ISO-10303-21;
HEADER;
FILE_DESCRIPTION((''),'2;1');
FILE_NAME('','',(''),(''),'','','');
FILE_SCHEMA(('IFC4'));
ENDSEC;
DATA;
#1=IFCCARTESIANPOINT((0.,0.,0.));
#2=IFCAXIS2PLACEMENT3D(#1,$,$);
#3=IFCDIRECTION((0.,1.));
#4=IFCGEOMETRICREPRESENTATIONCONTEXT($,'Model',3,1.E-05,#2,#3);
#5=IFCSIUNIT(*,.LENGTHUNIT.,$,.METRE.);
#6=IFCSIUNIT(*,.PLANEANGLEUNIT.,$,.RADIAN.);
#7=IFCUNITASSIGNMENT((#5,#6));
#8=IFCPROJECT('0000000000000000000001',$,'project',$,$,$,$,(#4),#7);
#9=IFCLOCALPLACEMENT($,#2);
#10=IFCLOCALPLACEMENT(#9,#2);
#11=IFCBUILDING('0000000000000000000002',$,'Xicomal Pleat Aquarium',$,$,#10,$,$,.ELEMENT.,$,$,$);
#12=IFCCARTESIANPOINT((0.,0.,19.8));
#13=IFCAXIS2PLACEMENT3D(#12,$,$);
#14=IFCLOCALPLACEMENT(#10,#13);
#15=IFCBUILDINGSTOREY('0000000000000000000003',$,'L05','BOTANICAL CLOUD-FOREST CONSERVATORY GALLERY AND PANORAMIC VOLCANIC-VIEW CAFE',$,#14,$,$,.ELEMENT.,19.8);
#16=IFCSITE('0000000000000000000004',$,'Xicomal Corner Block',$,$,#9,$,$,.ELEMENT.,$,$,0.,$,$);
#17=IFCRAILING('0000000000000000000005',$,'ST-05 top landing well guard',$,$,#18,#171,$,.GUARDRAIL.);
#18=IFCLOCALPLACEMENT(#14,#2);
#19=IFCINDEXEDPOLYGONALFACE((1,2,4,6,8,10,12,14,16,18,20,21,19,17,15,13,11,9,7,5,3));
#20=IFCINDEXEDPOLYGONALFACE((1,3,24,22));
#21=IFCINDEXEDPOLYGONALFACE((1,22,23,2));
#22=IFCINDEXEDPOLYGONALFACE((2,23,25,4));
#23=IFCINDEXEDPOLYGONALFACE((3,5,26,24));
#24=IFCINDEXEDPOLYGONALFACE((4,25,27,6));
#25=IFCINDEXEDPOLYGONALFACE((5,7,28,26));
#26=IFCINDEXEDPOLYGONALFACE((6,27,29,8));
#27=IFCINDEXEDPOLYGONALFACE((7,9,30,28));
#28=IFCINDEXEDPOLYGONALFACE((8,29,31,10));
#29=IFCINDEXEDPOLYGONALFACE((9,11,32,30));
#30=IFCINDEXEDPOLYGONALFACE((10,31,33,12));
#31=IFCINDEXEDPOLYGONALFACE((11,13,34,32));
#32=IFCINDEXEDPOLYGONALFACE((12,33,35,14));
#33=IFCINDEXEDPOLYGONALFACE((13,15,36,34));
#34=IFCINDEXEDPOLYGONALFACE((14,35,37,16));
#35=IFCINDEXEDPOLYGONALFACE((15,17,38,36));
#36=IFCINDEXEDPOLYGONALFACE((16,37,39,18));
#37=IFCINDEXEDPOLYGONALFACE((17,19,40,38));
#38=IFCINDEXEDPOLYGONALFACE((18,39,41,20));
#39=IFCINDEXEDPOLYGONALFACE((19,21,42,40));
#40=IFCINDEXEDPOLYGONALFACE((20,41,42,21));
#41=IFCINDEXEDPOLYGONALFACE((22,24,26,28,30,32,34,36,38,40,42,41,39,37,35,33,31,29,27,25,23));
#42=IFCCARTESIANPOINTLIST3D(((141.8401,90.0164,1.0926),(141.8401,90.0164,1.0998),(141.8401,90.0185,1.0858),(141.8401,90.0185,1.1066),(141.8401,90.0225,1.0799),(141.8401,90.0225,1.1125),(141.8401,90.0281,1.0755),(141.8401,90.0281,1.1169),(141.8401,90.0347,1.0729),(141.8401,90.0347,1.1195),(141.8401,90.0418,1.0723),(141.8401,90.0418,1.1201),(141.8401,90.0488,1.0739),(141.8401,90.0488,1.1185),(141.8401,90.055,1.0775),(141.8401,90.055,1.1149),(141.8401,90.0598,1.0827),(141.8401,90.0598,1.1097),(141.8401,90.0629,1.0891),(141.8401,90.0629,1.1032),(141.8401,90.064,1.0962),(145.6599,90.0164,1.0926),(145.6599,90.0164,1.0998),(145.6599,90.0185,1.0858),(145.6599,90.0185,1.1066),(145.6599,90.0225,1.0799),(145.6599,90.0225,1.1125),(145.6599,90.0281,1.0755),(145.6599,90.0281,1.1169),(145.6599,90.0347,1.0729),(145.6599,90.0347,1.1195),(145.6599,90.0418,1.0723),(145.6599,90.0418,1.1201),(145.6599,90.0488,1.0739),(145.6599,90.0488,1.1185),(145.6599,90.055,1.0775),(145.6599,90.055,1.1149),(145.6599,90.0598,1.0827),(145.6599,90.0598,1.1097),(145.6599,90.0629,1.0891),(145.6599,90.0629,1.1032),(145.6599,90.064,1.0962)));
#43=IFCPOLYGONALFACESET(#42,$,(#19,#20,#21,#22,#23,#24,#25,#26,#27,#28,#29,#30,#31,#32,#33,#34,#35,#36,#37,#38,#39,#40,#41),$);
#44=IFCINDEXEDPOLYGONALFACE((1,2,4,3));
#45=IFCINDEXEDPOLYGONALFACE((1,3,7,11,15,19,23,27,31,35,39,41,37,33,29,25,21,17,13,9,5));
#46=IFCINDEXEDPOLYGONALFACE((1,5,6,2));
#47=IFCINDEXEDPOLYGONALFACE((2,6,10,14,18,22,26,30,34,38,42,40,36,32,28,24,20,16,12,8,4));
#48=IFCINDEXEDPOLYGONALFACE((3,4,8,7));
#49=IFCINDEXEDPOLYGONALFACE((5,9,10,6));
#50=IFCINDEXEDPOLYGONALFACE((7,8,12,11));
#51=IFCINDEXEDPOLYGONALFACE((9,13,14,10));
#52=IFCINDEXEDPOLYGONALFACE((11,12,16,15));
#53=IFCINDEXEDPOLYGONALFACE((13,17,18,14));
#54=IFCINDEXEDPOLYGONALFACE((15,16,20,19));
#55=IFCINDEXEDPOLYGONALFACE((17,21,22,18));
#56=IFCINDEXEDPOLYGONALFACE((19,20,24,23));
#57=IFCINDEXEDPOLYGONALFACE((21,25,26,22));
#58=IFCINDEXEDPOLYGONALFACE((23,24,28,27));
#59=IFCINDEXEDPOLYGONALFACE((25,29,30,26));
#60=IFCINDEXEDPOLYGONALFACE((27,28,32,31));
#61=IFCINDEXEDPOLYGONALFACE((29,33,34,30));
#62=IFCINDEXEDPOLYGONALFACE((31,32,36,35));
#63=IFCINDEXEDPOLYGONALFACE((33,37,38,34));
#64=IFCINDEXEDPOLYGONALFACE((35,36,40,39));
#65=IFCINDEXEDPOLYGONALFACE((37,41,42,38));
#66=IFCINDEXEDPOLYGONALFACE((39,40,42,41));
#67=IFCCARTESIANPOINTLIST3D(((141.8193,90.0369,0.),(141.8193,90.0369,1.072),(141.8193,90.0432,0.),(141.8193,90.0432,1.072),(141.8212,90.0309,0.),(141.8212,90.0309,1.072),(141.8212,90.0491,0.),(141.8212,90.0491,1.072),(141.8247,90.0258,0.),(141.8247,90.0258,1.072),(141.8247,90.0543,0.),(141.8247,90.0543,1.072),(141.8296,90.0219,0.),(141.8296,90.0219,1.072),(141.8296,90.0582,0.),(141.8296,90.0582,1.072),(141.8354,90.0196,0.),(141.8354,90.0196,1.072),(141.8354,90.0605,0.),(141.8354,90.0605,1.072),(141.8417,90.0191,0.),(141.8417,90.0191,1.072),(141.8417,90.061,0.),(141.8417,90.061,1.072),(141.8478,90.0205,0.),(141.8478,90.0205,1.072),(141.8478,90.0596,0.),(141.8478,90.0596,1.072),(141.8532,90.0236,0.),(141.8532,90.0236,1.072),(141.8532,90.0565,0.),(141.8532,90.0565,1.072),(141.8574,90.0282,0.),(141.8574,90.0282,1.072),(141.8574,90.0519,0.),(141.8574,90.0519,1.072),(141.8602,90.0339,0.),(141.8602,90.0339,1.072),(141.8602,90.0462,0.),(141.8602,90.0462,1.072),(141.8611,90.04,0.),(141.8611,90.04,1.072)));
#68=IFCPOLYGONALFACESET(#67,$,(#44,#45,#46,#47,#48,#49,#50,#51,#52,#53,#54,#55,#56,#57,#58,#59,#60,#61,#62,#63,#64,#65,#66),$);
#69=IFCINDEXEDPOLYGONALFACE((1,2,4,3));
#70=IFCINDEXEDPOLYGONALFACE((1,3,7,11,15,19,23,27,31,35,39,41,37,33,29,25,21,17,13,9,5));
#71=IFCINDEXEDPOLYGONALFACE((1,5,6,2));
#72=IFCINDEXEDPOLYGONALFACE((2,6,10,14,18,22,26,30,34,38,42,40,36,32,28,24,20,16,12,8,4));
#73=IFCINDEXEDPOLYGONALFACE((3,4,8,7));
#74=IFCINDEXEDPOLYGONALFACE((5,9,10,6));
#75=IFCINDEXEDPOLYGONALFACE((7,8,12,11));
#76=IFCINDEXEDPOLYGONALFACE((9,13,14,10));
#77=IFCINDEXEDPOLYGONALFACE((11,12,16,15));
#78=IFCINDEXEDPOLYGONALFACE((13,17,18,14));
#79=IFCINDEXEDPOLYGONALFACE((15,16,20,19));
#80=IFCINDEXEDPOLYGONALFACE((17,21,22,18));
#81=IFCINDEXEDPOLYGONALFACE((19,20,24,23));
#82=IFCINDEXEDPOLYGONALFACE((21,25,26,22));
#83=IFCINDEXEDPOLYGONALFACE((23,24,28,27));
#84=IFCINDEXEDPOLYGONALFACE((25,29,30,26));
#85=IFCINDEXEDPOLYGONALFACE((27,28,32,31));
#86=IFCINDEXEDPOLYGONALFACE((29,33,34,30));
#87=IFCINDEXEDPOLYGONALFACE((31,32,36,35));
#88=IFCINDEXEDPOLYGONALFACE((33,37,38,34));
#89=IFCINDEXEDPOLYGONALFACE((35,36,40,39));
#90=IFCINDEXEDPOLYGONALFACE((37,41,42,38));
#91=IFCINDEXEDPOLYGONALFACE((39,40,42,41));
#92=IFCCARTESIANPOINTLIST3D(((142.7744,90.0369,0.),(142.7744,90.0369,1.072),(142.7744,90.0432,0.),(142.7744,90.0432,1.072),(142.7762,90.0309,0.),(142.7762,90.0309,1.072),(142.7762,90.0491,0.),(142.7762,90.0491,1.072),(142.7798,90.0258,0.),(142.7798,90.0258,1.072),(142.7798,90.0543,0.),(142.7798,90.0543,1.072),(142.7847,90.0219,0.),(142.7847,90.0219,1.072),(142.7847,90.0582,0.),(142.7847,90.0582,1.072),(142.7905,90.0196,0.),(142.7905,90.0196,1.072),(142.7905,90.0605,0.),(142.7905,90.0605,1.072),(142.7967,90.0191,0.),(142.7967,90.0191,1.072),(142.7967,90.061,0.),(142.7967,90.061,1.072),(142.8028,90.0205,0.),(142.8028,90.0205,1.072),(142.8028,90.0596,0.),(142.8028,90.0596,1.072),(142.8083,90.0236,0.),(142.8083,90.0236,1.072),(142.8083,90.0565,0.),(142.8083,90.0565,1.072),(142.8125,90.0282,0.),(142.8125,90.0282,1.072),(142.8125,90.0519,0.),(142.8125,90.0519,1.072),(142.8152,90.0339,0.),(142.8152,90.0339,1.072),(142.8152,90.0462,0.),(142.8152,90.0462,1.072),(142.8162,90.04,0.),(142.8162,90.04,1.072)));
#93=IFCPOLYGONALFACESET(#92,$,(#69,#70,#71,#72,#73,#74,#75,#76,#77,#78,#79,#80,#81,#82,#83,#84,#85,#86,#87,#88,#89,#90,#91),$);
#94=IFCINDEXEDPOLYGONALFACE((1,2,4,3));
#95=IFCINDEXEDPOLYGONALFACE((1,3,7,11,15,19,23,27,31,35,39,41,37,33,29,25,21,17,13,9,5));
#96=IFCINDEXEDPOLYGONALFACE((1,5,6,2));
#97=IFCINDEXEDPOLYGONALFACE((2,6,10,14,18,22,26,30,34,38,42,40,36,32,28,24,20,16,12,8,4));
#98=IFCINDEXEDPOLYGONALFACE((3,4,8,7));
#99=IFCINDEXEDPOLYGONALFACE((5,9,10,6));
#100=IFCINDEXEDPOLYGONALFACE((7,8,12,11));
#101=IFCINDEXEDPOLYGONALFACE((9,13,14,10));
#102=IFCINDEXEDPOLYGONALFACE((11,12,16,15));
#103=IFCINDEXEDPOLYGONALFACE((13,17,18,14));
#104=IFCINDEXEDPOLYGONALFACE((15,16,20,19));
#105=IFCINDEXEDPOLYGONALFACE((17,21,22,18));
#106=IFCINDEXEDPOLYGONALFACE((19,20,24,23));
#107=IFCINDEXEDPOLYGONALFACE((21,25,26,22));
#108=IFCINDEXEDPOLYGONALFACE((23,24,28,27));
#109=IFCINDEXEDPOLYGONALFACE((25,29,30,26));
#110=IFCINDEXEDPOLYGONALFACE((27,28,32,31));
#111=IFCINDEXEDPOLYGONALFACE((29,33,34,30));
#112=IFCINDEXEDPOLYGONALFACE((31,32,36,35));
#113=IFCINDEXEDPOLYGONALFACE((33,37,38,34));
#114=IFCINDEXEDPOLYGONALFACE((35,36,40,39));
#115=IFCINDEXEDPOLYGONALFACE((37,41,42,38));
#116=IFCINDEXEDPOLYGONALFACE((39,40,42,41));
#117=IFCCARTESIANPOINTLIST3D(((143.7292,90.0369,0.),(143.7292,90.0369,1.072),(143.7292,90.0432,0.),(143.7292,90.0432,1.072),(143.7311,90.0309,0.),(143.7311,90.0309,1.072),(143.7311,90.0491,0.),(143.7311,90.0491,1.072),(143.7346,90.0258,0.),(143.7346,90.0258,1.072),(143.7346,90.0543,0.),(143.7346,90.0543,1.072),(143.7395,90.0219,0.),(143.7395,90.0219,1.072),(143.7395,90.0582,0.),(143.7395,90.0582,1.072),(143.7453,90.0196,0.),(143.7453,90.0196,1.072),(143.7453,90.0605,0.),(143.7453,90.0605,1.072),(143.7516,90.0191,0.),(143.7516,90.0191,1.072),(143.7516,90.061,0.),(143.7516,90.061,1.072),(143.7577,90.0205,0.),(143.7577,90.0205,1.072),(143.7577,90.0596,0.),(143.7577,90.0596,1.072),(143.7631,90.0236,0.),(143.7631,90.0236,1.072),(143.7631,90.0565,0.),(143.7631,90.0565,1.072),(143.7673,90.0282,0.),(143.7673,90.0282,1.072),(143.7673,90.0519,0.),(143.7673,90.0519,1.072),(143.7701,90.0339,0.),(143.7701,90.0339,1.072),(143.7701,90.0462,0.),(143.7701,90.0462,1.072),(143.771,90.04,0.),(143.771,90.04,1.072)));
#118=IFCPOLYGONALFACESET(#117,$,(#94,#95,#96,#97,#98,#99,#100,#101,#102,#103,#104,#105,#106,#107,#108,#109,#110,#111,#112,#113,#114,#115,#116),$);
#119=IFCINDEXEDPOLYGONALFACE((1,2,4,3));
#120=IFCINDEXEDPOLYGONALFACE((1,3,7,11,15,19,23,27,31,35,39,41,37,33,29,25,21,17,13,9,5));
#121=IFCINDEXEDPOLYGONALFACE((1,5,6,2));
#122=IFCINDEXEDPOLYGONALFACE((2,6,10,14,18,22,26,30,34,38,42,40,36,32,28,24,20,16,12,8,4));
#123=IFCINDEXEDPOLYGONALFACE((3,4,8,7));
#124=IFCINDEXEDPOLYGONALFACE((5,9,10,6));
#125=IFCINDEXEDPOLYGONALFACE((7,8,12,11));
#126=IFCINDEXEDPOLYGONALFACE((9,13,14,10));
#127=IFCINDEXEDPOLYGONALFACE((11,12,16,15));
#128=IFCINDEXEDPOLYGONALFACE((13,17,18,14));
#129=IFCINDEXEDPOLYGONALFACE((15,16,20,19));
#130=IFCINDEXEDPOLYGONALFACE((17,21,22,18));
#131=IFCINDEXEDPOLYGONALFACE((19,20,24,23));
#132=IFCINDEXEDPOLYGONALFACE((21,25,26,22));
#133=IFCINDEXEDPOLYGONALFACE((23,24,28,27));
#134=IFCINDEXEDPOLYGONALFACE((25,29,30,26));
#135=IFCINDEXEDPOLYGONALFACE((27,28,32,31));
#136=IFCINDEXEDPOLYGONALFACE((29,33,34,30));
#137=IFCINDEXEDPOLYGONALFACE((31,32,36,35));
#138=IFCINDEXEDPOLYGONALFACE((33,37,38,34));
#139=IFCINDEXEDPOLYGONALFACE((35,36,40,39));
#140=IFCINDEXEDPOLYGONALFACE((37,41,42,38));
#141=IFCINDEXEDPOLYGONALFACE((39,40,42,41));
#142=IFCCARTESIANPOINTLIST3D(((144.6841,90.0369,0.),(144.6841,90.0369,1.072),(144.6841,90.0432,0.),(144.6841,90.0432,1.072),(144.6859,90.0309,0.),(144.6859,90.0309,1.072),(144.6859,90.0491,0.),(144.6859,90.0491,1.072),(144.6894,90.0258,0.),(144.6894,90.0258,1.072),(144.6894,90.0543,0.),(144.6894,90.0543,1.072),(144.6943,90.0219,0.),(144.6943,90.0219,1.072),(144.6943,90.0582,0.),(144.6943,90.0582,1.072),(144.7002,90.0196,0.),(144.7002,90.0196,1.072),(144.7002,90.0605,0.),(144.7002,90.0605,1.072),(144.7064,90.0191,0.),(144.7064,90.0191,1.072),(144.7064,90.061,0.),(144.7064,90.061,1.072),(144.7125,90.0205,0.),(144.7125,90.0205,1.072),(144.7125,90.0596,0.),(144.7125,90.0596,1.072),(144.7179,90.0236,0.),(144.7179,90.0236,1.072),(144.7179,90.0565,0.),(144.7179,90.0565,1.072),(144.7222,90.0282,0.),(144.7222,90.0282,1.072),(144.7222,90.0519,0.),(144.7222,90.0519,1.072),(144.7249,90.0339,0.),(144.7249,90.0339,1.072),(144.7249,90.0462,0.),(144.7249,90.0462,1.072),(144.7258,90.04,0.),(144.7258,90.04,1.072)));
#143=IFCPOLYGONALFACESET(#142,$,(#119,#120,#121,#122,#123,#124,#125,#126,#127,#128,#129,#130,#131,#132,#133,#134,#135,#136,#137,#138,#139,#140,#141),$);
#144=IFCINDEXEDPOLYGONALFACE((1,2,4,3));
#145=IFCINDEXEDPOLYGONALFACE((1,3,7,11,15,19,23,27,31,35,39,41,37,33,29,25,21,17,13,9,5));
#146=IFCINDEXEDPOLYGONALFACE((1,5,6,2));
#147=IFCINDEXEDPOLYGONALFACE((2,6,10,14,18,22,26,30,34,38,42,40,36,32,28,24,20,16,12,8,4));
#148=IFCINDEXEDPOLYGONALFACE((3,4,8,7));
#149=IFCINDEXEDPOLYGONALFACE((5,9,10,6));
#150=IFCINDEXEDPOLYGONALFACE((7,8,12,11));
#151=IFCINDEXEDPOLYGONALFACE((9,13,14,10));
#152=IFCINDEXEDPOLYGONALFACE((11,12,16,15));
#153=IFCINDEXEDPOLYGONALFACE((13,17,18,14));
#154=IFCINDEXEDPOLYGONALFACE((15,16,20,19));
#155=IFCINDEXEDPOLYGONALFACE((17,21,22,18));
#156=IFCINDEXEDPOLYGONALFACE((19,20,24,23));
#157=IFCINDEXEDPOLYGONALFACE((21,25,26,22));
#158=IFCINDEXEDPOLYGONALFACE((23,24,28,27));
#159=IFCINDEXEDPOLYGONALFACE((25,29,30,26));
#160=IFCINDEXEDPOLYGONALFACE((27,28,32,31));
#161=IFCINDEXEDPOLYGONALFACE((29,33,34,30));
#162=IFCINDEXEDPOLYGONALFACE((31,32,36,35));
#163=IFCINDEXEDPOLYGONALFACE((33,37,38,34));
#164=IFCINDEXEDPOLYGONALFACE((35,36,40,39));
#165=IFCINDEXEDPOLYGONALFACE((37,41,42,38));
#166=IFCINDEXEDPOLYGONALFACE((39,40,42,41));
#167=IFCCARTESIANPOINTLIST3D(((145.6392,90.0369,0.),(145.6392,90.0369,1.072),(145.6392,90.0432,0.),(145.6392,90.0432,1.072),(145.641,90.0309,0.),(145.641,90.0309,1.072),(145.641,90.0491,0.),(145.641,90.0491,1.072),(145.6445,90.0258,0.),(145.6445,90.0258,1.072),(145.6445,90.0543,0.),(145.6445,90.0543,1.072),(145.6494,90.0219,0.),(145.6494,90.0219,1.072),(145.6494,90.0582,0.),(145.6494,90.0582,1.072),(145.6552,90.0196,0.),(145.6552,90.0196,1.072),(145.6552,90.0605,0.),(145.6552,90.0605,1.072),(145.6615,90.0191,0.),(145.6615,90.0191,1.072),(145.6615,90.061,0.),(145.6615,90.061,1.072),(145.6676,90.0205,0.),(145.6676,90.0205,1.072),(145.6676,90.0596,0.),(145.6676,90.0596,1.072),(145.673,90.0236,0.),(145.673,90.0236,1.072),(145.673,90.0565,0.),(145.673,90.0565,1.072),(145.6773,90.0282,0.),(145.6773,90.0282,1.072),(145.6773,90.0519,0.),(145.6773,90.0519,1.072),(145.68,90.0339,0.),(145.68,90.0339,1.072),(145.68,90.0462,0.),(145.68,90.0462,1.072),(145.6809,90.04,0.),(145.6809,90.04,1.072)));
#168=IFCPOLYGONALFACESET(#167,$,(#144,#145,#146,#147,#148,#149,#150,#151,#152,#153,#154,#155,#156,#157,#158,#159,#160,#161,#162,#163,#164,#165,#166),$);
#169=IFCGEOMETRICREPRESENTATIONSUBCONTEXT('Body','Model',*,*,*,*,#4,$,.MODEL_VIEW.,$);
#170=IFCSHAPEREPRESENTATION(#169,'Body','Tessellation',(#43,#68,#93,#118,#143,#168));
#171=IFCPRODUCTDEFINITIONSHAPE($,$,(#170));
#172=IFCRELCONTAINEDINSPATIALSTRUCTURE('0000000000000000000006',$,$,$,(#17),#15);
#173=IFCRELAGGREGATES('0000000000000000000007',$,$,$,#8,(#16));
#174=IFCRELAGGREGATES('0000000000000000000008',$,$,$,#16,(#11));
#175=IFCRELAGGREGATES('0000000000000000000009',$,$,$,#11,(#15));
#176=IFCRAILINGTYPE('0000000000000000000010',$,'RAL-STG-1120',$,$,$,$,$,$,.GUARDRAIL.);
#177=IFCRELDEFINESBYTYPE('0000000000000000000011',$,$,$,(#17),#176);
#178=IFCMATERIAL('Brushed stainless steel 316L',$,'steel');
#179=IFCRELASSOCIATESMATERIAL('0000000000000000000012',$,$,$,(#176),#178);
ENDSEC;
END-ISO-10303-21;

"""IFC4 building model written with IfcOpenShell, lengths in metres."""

from ifc_helpers import new_model, si_unit, direction, frame, origin, origin_2d, place, context, subcontext, project, spatial, circle, extrude, material, type_object, element, save


model = new_model("IFC4")

# Units and contexts
model_context = context("Model", 3, precision=1e-05, world=origin(), true_north=direction((0.0, 1.0)))
body_context = subcontext(model_context, "Body", "Model", "MODEL_VIEW")
ifc_project = project(units=[si_unit("LENGTHUNIT", "METRE"), si_unit("PLANEANGLEUNIT", "RADIAN")], contexts=[model_context])

# Site, building, storey
site_placement = place(None, origin())
site = spatial("IfcSite", under=ifc_project, at=site_placement, Name="Xicomal Corner Block", CompositionType="ELEMENT", RefElevation=0.0)
building_placement = place(site_placement, origin())
building = spatial("IfcBuilding", under=site, at=building_placement, Name="Xicomal Pleat Aquarium", CompositionType="ELEMENT")
storey_placement = place(building_placement, frame((0.0, 0.0, 19.8)))
storey = spatial("IfcBuildingStorey", under=building, at=storey_placement, Name="L05", Description="BOTANICAL CLOUD-FOREST CONSERVATORY GALLERY AND PANORAMIC VOLCANIC-VIEW CAFE", CompositionType="ELEMENT", Elevation=19.8)

# Railing
ifc_material_1 = material(Name="Brushed stainless steel 316L", Category="steel")
railing_type_1 = type_object("IfcRailingType", Name="RAL-STG-1120", PredefinedType="GUARDRAIL", material=ifc_material_1)
railing_1_placement = place(storey_placement, frame((141.8401, 90.04, 0.0)))
element("IfcRailing", 1, at=railing_1_placement, inside=storey, type_object=railing_type_1, Name="ST-05 top landing well guard", PredefinedType="GUARDRAIL", context=body_context, shape_type="SweptSolid", body=[
    extrude(circle(Radius=0.0239, at=origin_2d()), frame((0.0, 0.0, 1.0962), z_axis=(1.0, 0.0, 0.0), x_axis=(0.0, 1.0, 0.0)), (0.0, 0.0, 1.0), 3.8198),
    extrude(circle(Radius=0.021, at=origin_2d()), origin(), (0.0, 0.0, 1.0), 1.072),
    extrude(circle(Radius=0.021, at=origin_2d()), frame((0.9551, 0.0, 0.0)), (0.0, 0.0, 1.0), 1.072),
    extrude(circle(Radius=0.021, at=origin_2d()), frame((1.9099, 0.0, 0.0)), (0.0, 0.0, 1.0), 1.072),
    extrude(circle(Radius=0.021, at=origin_2d()), frame((2.8647, 0.0, 0.0)), (0.0, 0.0, 1.0), 1.072),
    extrude(circle(Radius=0.021, at=origin_2d()), frame((3.8198, 0.0, 0.0)), (0.0, 0.0, 1.0), 1.072),
])

save(model, "model.ifc")
